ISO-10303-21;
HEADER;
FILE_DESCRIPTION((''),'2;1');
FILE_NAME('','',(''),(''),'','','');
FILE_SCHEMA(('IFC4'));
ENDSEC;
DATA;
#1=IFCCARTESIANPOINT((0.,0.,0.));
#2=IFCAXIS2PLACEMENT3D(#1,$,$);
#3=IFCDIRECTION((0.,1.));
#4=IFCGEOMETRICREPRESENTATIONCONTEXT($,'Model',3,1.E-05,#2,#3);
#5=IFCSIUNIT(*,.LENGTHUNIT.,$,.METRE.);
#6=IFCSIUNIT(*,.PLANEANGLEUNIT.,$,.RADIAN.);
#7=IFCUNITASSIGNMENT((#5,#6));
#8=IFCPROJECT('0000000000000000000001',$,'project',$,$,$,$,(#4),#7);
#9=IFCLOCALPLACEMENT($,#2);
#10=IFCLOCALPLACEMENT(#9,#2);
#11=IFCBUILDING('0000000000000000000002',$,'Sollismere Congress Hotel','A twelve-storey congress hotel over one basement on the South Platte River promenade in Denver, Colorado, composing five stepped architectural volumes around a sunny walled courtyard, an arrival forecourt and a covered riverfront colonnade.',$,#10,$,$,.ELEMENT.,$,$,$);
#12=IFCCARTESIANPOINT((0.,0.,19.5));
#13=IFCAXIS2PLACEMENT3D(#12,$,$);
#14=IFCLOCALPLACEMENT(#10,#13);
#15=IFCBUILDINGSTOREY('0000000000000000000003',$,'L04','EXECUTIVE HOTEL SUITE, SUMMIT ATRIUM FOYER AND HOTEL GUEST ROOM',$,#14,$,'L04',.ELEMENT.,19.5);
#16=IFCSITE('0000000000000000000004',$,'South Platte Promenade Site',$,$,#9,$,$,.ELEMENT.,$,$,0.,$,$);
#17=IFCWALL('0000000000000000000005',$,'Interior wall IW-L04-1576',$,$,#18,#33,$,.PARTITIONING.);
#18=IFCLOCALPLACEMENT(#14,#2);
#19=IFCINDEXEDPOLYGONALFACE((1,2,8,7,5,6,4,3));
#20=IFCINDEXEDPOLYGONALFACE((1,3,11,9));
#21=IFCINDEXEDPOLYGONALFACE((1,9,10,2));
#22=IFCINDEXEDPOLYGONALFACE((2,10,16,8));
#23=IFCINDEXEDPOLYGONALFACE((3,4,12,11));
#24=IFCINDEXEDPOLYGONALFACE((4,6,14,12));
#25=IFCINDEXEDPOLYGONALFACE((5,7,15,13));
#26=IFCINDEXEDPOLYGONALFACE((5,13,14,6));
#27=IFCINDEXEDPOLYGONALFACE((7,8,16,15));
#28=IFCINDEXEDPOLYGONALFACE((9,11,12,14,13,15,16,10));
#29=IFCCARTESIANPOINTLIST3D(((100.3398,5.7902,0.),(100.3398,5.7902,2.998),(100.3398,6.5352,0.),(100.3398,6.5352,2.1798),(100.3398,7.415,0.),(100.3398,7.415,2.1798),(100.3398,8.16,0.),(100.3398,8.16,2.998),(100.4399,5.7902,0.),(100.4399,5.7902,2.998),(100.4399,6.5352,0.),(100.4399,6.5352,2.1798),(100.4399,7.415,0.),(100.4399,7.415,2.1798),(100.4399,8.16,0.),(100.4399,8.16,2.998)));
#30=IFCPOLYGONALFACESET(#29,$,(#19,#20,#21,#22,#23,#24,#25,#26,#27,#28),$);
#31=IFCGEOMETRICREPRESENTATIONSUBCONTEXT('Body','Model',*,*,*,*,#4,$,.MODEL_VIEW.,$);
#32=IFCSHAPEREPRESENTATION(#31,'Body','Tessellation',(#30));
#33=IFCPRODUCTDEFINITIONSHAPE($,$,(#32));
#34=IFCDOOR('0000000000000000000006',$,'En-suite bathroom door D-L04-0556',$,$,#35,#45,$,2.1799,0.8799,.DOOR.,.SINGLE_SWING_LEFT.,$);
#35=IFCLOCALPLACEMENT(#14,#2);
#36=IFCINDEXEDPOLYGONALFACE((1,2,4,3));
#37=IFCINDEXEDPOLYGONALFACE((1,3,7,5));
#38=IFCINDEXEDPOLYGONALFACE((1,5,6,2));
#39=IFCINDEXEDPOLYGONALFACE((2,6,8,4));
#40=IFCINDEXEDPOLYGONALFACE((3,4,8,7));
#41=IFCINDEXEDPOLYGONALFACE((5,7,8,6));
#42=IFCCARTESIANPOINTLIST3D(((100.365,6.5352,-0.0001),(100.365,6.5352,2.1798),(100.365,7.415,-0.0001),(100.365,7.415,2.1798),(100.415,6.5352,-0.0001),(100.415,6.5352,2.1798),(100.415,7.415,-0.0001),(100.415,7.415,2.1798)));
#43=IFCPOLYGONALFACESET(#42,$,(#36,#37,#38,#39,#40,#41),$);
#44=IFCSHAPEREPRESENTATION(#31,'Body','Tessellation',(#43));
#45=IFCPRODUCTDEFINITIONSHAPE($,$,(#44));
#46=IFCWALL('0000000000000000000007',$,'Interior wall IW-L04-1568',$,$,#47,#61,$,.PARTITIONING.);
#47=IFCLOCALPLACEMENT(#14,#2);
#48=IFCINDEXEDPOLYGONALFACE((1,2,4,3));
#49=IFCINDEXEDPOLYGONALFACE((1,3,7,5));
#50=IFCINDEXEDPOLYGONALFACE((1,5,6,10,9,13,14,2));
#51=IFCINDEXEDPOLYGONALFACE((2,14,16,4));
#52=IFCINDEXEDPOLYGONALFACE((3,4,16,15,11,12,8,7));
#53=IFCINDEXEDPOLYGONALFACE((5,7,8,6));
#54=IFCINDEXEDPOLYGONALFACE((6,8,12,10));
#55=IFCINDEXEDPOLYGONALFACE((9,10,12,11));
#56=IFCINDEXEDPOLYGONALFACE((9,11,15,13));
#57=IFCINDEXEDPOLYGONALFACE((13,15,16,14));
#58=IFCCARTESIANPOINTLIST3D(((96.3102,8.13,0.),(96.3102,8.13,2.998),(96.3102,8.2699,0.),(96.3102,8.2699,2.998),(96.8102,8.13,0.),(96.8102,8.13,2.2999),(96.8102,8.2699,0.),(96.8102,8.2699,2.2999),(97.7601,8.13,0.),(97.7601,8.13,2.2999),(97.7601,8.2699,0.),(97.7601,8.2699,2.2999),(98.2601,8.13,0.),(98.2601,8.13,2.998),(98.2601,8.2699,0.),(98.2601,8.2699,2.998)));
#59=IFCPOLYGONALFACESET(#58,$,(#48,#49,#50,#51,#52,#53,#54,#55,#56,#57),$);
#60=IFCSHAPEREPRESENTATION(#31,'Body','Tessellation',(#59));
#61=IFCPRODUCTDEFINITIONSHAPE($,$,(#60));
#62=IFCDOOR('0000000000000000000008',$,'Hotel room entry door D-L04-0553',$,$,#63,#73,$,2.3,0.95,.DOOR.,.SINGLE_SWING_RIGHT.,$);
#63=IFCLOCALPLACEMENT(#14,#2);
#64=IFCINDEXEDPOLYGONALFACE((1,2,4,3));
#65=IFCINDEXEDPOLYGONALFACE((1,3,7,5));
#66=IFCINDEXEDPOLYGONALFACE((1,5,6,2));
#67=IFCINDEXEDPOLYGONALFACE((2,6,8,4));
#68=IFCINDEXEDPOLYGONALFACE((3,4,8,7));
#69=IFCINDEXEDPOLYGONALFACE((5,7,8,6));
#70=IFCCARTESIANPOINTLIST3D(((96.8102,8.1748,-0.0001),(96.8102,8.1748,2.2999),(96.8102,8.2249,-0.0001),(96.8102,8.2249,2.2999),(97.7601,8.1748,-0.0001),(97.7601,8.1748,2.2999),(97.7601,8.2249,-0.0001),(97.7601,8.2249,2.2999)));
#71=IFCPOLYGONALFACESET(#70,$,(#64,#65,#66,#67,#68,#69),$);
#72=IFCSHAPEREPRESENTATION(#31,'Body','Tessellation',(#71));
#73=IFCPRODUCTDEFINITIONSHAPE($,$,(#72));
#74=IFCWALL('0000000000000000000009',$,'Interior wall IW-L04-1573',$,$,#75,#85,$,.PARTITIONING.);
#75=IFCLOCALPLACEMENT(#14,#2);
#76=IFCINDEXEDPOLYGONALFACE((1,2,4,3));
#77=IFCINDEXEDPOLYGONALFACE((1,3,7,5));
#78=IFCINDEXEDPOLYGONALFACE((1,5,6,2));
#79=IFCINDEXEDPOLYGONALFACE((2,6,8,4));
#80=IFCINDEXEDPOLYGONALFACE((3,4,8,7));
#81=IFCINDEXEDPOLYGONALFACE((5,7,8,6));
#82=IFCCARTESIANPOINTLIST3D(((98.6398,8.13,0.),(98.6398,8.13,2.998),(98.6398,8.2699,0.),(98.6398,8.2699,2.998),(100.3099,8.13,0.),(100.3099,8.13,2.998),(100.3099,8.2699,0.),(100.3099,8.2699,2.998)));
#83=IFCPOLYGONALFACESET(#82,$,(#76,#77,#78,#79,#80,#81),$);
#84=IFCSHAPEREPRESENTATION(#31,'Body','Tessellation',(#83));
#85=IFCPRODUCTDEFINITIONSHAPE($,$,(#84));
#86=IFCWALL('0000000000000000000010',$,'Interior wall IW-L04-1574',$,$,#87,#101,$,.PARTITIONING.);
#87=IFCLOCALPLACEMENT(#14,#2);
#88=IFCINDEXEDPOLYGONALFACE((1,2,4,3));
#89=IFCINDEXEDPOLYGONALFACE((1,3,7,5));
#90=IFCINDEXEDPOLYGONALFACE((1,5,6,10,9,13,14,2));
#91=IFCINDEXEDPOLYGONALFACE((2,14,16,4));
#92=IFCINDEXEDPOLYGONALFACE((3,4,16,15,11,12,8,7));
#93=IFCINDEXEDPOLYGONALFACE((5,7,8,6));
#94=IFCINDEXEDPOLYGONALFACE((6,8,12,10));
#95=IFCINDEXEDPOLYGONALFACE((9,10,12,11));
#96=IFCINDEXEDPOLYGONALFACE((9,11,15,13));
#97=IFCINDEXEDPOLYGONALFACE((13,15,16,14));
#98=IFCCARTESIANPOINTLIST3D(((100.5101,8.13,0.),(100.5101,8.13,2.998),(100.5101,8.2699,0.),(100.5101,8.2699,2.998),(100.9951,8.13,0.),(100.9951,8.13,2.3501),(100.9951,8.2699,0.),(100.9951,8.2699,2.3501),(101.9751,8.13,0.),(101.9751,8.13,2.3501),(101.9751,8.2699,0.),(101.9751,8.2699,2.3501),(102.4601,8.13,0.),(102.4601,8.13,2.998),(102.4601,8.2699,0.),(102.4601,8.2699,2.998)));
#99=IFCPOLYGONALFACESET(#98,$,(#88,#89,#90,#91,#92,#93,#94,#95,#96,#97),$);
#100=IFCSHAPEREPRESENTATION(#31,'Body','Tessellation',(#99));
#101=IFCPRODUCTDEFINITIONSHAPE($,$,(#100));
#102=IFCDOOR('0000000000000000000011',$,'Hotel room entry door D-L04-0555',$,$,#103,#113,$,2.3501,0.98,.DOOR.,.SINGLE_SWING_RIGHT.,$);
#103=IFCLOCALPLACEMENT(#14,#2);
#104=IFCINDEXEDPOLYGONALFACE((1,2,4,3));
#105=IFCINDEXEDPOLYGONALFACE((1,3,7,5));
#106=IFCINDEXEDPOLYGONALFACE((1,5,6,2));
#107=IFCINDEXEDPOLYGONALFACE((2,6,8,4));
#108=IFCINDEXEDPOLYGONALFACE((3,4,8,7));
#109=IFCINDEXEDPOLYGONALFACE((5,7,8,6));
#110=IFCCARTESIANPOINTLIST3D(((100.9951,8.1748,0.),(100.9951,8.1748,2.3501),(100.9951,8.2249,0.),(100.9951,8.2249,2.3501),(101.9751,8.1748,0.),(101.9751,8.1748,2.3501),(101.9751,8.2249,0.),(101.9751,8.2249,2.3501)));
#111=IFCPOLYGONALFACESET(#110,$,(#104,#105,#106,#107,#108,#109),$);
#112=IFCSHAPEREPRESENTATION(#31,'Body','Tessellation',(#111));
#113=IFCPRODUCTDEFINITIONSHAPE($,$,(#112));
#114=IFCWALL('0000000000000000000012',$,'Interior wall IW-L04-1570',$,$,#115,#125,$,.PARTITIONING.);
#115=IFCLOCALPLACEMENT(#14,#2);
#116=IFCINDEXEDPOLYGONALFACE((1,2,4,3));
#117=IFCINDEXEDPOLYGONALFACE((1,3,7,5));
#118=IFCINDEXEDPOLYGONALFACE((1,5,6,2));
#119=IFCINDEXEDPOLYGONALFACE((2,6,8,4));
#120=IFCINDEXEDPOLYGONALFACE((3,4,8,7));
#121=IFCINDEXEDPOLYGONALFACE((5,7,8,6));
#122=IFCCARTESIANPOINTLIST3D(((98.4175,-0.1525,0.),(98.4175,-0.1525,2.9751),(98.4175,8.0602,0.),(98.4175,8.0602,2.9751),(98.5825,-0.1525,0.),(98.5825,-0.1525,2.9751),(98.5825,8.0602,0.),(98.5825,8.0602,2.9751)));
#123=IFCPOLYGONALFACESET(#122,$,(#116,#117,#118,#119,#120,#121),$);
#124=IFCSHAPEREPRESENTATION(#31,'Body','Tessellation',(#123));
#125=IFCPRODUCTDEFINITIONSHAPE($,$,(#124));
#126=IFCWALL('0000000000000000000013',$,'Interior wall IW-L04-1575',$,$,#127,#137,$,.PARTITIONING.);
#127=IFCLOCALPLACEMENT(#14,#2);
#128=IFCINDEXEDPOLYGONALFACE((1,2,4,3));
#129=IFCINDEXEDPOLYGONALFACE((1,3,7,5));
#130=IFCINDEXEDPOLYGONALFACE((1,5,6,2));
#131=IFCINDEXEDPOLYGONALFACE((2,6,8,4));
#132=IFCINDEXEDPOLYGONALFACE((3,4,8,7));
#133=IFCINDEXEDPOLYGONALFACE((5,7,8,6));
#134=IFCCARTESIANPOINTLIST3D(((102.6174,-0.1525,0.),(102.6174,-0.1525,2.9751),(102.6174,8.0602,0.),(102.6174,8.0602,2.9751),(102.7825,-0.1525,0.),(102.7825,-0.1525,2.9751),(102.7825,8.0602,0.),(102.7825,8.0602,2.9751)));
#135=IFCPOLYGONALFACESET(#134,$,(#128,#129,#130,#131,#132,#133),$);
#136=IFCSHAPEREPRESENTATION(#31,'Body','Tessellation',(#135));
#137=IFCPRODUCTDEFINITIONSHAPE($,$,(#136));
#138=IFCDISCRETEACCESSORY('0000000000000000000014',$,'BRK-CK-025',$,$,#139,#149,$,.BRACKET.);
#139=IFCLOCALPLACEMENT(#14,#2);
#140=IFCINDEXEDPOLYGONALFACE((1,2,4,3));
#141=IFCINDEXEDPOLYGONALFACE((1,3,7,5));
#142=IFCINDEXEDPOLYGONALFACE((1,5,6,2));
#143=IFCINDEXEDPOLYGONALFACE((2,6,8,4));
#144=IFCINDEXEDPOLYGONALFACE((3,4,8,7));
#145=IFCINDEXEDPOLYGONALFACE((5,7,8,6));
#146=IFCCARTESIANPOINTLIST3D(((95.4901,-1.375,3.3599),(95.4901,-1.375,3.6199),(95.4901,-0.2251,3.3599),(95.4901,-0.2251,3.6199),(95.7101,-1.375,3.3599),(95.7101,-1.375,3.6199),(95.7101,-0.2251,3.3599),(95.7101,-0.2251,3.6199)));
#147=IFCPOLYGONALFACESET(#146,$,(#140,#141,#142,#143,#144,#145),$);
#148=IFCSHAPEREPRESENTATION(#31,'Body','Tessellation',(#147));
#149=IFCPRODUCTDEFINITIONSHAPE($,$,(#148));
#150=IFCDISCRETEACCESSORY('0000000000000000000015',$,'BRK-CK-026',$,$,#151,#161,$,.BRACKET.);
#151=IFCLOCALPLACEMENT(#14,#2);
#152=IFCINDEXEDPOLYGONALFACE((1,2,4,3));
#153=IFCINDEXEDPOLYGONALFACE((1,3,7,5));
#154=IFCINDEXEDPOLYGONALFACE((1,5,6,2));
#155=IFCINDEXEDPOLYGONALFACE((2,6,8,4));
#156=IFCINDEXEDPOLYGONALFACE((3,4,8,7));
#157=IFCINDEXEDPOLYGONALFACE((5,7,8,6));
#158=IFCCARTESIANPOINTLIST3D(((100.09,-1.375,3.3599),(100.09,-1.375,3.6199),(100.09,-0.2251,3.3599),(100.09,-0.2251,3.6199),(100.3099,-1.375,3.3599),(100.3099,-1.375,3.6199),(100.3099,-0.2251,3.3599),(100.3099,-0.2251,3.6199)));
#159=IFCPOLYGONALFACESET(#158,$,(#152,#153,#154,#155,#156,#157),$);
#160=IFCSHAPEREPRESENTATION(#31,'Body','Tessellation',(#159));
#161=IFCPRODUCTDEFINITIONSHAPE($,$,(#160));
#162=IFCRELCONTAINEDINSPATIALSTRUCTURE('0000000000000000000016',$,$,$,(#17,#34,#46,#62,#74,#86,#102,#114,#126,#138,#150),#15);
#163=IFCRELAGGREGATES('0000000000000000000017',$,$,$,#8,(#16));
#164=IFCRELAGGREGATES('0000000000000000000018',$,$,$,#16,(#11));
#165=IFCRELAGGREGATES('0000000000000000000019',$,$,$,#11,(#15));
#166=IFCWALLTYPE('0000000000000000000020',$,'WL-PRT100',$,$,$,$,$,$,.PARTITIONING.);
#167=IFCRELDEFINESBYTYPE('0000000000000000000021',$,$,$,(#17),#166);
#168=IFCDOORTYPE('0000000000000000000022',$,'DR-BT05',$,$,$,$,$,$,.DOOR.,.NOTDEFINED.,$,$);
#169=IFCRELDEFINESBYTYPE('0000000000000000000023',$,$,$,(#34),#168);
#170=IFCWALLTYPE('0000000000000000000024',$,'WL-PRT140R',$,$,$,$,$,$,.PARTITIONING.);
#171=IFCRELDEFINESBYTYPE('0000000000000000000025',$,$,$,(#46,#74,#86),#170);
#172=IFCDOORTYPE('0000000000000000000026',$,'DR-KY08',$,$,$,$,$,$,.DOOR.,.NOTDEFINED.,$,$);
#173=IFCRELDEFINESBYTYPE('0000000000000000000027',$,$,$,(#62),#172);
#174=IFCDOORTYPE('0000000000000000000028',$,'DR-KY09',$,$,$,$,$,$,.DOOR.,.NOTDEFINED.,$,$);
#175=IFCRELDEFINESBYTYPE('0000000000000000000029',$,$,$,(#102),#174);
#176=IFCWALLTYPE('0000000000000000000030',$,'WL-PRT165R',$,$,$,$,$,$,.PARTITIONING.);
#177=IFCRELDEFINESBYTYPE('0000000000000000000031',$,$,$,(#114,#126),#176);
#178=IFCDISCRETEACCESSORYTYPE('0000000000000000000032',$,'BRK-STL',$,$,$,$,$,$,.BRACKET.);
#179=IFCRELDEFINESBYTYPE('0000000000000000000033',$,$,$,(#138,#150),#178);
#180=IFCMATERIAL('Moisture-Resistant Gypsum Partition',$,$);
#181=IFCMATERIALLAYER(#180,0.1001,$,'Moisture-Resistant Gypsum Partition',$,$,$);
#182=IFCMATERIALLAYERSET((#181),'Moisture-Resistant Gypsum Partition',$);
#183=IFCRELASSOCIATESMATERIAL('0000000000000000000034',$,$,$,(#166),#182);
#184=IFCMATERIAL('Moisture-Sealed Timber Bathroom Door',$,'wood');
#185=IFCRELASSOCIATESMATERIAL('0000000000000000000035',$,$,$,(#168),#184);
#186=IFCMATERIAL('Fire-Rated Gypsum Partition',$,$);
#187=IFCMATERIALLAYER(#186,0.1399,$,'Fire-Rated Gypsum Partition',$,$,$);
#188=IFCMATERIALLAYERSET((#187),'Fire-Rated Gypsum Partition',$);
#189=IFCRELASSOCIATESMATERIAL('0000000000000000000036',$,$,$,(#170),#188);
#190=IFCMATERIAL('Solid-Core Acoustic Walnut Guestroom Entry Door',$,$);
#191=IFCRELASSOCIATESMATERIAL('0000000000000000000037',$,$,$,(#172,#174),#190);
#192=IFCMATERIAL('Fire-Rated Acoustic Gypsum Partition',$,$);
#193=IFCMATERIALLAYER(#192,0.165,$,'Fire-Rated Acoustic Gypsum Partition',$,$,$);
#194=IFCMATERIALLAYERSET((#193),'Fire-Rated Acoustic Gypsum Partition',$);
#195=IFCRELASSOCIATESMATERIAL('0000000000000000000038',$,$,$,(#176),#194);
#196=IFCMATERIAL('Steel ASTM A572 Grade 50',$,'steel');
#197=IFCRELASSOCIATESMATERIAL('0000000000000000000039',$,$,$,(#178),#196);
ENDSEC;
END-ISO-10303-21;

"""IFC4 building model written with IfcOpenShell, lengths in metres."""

from ifc_helpers import new_model, si_unit, direction, frame, frame_2d, origin, origin_2d, place, context, subcontext, project, spatial, rectangle, extrude, material, layer, layer_set, type_object, element, fill, save


model = new_model("IFC4")

# Units and contexts
model_context = context("Model", 3, precision=1e-05, world=origin(), true_north=direction((0.0, 1.0)))
body_context = subcontext(model_context, "Body", "Model", "MODEL_VIEW")
ifc_project = project(units=[si_unit("LENGTHUNIT", "METRE"), si_unit("PLANEANGLEUNIT", "RADIAN")], contexts=[model_context])

# Site, building, storey
site_placement = place(None, origin())
site = spatial("IfcSite", under=ifc_project, at=site_placement, Name="South Platte Promenade Site", CompositionType="ELEMENT", RefElevation=0.0)
building_placement = place(site_placement, origin())
building = spatial("IfcBuilding", under=site, at=building_placement, Name="Sollismere Congress Hotel", Description="A twelve-storey congress hotel over one basement on the South Platte River promenade in Denver, Colorado, composing five stepped architectural volumes around a sunny walled courtyard, an arrival forecourt and a covered riverfront colonnade.", CompositionType="ELEMENT")
storey_placement = place(building_placement, frame((0.0, 0.0, 19.5)))
storey = spatial("IfcBuildingStorey", under=building, at=storey_placement, Name="L04", Description="EXECUTIVE HOTEL SUITE, SUMMIT ATRIUM FOYER AND HOTEL GUEST ROOM", LongName="L04", CompositionType="ELEMENT", Elevation=19.5)

# Walls, openings, doors
ifc_material_1 = material(Name="Moisture-Resistant Gypsum Partition")
ifc_layer_1 = layer(ifc_material_1, 0.1001, Name="Moisture-Resistant Gypsum Partition")
ifc_layer_set_1 = layer_set([ifc_layer_1], Name="Moisture-Resistant Gypsum Partition")
wall_type_1 = type_object("IfcWallType", Name="WL-PRT100", PredefinedType="PARTITIONING", material=ifc_layer_set_1)
ifc_material_2 = material(Name="Moisture-Sealed Timber Bathroom Door", Category="wood")
wall_1_placement = place(storey_placement, frame((100.3899, 5.79, 0.0), z_axis=(0.0, 0.0, 1.0), x_axis=(0.0, 1.0, 0.0)))
wall_1 = element("IfcWall", 1, at=wall_1_placement, inside=storey, type_object=wall_type_1, Name="Interior wall IW-L04-1576", PredefinedType="PARTITIONING", context=body_context, shape_type="SweptSolid", body=[
    extrude(rectangle(XDim=2.3699, YDim=0.1001, at=frame_2d((1.1851, 0.0))), origin(), (0.0, 0.0, 1.0), 2.998),
])
opening_1_placement = place(wall_1_placement, frame((0.7451, 0.0, 0.0)))
opening_1 = element("IfcOpeningElement", 2, at=opening_1_placement, cuts=wall_1, PredefinedType="OPENING", context=body_context, shape_type="SweptSolid", body=[
    extrude(rectangle(XDim=0.8799, YDim=2.1799, at=frame_2d((0.4399, 1.0898))), frame((0.0, 0.0601, 0.0), z_axis=(0.0, -1.0, 0.0), x_axis=(1.0, 0.0, 0.0)), (0.0, 0.0, 1.0), 0.1201),
])
door_type_1 = type_object("IfcDoorType", Name="DR-BT05", OperationType="NOTDEFINED", PredefinedType="DOOR", material=ifc_material_2)
door_1_placement = place(opening_1_placement, origin())
door_1 = element("IfcDoor", 3, at=door_1_placement, inside=storey, type_object=door_type_1, Name="En-suite bathroom door D-L04-0556", OperationType="SINGLE_SWING_LEFT", OverallHeight=2.1799, OverallWidth=0.8799, PredefinedType="DOOR", context=body_context, shape_type="SweptSolid", body=[
    extrude(rectangle(XDim=0.8799, YDim=2.1799, at=frame_2d((0.4399, 1.0898))), frame((0.0, 0.0249, 0.0), z_axis=(0.0, -1.0, 0.0), x_axis=(1.0, 0.0, 0.0)), (0.0, 0.0, 1.0), 0.05),
])
fill(opening_1, door_1)
ifc_material_3 = material(Name="Fire-Rated Gypsum Partition")
ifc_layer_2 = layer(ifc_material_3, 0.1399, Name="Fire-Rated Gypsum Partition")
ifc_layer_set_2 = layer_set([ifc_layer_2], Name="Fire-Rated Gypsum Partition")
wall_type_2 = type_object("IfcWallType", Name="WL-PRT140R", PredefinedType="PARTITIONING", material=ifc_layer_set_2)
wall_2_placement = place(storey_placement, frame((96.3101, 8.2, 0.0), z_axis=(0.0, 0.0, 1.0), x_axis=(1.0, 0.0, 0.0)))
wall_2 = element("IfcWall", 4, at=wall_2_placement, inside=storey, type_object=wall_type_2, Name="Interior wall IW-L04-1568", PredefinedType="PARTITIONING", context=body_context, shape_type="SweptSolid", body=[
    extrude(rectangle(XDim=1.95, YDim=0.1399, at=frame_2d((0.9751, 0.0))), origin(), (0.0, 0.0, 1.0), 2.998),
])
opening_2_placement = place(wall_2_placement, frame((0.5, 0.0, 0.0)))
opening_2 = element("IfcOpeningElement", 5, at=opening_2_placement, cuts=wall_2, PredefinedType="OPENING", context=body_context, shape_type="SweptSolid", body=[
    extrude(rectangle(XDim=0.95, YDim=2.3, at=frame_2d((0.4751, 1.1499))), frame((0.0, 0.0798, 0.0), z_axis=(0.0, -1.0, 0.0), x_axis=(1.0, 0.0, 0.0)), (0.0, 0.0, 1.0), 0.1599),
])
ifc_material_4 = material(Name="Solid-Core Acoustic Walnut Guestroom Entry Door")
door_type_2 = type_object("IfcDoorType", Name="DR-KY08", OperationType="NOTDEFINED", PredefinedType="DOOR", material=ifc_material_4)
door_2_placement = place(opening_2_placement, origin())
door_2 = element("IfcDoor", 6, at=door_2_placement, inside=storey, type_object=door_type_2, Name="Hotel room entry door D-L04-0553", OperationType="SINGLE_SWING_RIGHT", OverallHeight=2.3, OverallWidth=0.95, PredefinedType="DOOR", context=body_context, shape_type="SweptSolid", body=[
    extrude(rectangle(XDim=0.95, YDim=2.3, at=frame_2d((0.4751, 1.1499))), frame((0.0, 0.0249, 0.0), z_axis=(0.0, -1.0, 0.0), x_axis=(1.0, 0.0, 0.0)), (0.0, 0.0, 1.0), 0.05),
])
fill(opening_2, door_2)

# Wall
wall_3_placement = place(storey_placement, frame((98.6399, 8.2, 0.0), z_axis=(0.0, 0.0, 1.0), x_axis=(1.0, 0.0, 0.0)))
element("IfcWall", 7, at=wall_3_placement, inside=storey, type_object=wall_type_2, Name="Interior wall IW-L04-1573", PredefinedType="PARTITIONING", context=body_context, shape_type="SweptSolid", body=[
    extrude(rectangle(XDim=1.6702, YDim=0.1399, at=frame_2d((0.835, 0.0))), origin(), (0.0, 0.0, 1.0), 2.998),
])

# Wall, opening, door
wall_4_placement = place(storey_placement, frame((100.51, 8.2, 0.0), z_axis=(0.0, 0.0, 1.0), x_axis=(1.0, 0.0, 0.0)))
wall_4 = element("IfcWall", 8, at=wall_4_placement, inside=storey, type_object=wall_type_2, Name="Interior wall IW-L04-1574", PredefinedType="PARTITIONING", context=body_context, shape_type="SweptSolid", body=[
    extrude(rectangle(XDim=1.95, YDim=0.1399, at=frame_2d((0.9751, 0.0))), origin(), (0.0, 0.0, 1.0), 2.998),
])
opening_3_placement = place(wall_4_placement, frame((0.4851, 0.0, 0.0)))
opening_3 = element("IfcOpeningElement", 9, at=opening_3_placement, cuts=wall_4, PredefinedType="OPENING", context=body_context, shape_type="SweptSolid", body=[
    extrude(rectangle(XDim=0.98, YDim=2.3501, at=frame_2d((0.49, 1.175))), frame((0.0, 0.0798, 0.0), z_axis=(0.0, -1.0, 0.0), x_axis=(1.0, 0.0, 0.0)), (0.0, 0.0, 1.0), 0.1599),
])
door_type_3 = type_object("IfcDoorType", Name="DR-KY09", OperationType="NOTDEFINED", PredefinedType="DOOR", material=ifc_material_4)
door_3_placement = place(opening_3_placement, origin())
door_3 = element("IfcDoor", 10, at=door_3_placement, inside=storey, type_object=door_type_3, Name="Hotel room entry door D-L04-0555", OperationType="SINGLE_SWING_RIGHT", OverallHeight=2.3501, OverallWidth=0.98, PredefinedType="DOOR", context=body_context, shape_type="SweptSolid", body=[
    extrude(rectangle(XDim=0.98, YDim=2.3501, at=frame_2d((0.49, 1.175))), frame((0.0, 0.0249, 0.0), z_axis=(0.0, -1.0, 0.0), x_axis=(1.0, 0.0, 0.0)), (0.0, 0.0, 1.0), 0.05),
])
fill(opening_3, door_3)

# Walls
ifc_material_5 = material(Name="Fire-Rated Acoustic Gypsum Partition")
ifc_layer_3 = layer(ifc_material_5, 0.165, Name="Fire-Rated Acoustic Gypsum Partition")
ifc_layer_set_3 = layer_set([ifc_layer_3], Name="Fire-Rated Acoustic Gypsum Partition")
wall_type_3 = type_object("IfcWallType", Name="WL-PRT165R", PredefinedType="PARTITIONING", material=ifc_layer_set_3)
for number, where, z_axis, x_axis, name in (
    (11, (98.5, -0.1526, 0.0), (0.0, 0.0, 1.0), (0.0, 1.0, 0.0), "Interior wall IW-L04-1570"),
    (12, (102.7, -0.1526, 0.0), (0.0, 0.0, 1.0), (0.0, 1.0, 0.0), "Interior wall IW-L04-1575"),
):
    element("IfcWall", number, at=place(storey_placement, frame(where, z_axis=z_axis, x_axis=x_axis)), inside=storey, type_object=wall_type_3, Name=name, PredefinedType="PARTITIONING", context=body_context, shape_type="SweptSolid", body=[
        extrude(rectangle(XDim=8.2126, YDim=0.165, at=frame_2d((4.1064, 0.0))), origin(), (0.0, 0.0, 1.0), 2.9751),
    ])

# Discrete accessories
ifc_material_6 = material(Name="Steel ASTM A572 Grade 50", Category="steel")
discrete_accessory_type = type_object("IfcDiscreteAccessoryType", Name="BRK-STL", PredefinedType="BRACKET", material=ifc_material_6)
for number, where, z_axis, x_axis, name in (
    (13, (95.6001, -0.8, 3.3599), (0.0, 0.0, 1.0), (1.0, 0.0, 0.0), "BRK-CK-025"),
    (14, (100.2, -0.8, 3.3599), (0.0, 0.0, 1.0), (1.0, 0.0, 0.0), "BRK-CK-026"),
):
    element("IfcDiscreteAccessory", number, at=place(storey_placement, frame(where, z_axis=z_axis, x_axis=x_axis)), inside=storey, type_object=discrete_accessory_type, Name=name, PredefinedType="BRACKET", context=body_context, shape_type="SweptSolid", body=[
        extrude(rectangle(XDim=0.22, YDim=1.1499, at=origin_2d()), origin(), (0.0, 0.0, 1.0), 0.26),
    ])

save(model, "model.ifc")
